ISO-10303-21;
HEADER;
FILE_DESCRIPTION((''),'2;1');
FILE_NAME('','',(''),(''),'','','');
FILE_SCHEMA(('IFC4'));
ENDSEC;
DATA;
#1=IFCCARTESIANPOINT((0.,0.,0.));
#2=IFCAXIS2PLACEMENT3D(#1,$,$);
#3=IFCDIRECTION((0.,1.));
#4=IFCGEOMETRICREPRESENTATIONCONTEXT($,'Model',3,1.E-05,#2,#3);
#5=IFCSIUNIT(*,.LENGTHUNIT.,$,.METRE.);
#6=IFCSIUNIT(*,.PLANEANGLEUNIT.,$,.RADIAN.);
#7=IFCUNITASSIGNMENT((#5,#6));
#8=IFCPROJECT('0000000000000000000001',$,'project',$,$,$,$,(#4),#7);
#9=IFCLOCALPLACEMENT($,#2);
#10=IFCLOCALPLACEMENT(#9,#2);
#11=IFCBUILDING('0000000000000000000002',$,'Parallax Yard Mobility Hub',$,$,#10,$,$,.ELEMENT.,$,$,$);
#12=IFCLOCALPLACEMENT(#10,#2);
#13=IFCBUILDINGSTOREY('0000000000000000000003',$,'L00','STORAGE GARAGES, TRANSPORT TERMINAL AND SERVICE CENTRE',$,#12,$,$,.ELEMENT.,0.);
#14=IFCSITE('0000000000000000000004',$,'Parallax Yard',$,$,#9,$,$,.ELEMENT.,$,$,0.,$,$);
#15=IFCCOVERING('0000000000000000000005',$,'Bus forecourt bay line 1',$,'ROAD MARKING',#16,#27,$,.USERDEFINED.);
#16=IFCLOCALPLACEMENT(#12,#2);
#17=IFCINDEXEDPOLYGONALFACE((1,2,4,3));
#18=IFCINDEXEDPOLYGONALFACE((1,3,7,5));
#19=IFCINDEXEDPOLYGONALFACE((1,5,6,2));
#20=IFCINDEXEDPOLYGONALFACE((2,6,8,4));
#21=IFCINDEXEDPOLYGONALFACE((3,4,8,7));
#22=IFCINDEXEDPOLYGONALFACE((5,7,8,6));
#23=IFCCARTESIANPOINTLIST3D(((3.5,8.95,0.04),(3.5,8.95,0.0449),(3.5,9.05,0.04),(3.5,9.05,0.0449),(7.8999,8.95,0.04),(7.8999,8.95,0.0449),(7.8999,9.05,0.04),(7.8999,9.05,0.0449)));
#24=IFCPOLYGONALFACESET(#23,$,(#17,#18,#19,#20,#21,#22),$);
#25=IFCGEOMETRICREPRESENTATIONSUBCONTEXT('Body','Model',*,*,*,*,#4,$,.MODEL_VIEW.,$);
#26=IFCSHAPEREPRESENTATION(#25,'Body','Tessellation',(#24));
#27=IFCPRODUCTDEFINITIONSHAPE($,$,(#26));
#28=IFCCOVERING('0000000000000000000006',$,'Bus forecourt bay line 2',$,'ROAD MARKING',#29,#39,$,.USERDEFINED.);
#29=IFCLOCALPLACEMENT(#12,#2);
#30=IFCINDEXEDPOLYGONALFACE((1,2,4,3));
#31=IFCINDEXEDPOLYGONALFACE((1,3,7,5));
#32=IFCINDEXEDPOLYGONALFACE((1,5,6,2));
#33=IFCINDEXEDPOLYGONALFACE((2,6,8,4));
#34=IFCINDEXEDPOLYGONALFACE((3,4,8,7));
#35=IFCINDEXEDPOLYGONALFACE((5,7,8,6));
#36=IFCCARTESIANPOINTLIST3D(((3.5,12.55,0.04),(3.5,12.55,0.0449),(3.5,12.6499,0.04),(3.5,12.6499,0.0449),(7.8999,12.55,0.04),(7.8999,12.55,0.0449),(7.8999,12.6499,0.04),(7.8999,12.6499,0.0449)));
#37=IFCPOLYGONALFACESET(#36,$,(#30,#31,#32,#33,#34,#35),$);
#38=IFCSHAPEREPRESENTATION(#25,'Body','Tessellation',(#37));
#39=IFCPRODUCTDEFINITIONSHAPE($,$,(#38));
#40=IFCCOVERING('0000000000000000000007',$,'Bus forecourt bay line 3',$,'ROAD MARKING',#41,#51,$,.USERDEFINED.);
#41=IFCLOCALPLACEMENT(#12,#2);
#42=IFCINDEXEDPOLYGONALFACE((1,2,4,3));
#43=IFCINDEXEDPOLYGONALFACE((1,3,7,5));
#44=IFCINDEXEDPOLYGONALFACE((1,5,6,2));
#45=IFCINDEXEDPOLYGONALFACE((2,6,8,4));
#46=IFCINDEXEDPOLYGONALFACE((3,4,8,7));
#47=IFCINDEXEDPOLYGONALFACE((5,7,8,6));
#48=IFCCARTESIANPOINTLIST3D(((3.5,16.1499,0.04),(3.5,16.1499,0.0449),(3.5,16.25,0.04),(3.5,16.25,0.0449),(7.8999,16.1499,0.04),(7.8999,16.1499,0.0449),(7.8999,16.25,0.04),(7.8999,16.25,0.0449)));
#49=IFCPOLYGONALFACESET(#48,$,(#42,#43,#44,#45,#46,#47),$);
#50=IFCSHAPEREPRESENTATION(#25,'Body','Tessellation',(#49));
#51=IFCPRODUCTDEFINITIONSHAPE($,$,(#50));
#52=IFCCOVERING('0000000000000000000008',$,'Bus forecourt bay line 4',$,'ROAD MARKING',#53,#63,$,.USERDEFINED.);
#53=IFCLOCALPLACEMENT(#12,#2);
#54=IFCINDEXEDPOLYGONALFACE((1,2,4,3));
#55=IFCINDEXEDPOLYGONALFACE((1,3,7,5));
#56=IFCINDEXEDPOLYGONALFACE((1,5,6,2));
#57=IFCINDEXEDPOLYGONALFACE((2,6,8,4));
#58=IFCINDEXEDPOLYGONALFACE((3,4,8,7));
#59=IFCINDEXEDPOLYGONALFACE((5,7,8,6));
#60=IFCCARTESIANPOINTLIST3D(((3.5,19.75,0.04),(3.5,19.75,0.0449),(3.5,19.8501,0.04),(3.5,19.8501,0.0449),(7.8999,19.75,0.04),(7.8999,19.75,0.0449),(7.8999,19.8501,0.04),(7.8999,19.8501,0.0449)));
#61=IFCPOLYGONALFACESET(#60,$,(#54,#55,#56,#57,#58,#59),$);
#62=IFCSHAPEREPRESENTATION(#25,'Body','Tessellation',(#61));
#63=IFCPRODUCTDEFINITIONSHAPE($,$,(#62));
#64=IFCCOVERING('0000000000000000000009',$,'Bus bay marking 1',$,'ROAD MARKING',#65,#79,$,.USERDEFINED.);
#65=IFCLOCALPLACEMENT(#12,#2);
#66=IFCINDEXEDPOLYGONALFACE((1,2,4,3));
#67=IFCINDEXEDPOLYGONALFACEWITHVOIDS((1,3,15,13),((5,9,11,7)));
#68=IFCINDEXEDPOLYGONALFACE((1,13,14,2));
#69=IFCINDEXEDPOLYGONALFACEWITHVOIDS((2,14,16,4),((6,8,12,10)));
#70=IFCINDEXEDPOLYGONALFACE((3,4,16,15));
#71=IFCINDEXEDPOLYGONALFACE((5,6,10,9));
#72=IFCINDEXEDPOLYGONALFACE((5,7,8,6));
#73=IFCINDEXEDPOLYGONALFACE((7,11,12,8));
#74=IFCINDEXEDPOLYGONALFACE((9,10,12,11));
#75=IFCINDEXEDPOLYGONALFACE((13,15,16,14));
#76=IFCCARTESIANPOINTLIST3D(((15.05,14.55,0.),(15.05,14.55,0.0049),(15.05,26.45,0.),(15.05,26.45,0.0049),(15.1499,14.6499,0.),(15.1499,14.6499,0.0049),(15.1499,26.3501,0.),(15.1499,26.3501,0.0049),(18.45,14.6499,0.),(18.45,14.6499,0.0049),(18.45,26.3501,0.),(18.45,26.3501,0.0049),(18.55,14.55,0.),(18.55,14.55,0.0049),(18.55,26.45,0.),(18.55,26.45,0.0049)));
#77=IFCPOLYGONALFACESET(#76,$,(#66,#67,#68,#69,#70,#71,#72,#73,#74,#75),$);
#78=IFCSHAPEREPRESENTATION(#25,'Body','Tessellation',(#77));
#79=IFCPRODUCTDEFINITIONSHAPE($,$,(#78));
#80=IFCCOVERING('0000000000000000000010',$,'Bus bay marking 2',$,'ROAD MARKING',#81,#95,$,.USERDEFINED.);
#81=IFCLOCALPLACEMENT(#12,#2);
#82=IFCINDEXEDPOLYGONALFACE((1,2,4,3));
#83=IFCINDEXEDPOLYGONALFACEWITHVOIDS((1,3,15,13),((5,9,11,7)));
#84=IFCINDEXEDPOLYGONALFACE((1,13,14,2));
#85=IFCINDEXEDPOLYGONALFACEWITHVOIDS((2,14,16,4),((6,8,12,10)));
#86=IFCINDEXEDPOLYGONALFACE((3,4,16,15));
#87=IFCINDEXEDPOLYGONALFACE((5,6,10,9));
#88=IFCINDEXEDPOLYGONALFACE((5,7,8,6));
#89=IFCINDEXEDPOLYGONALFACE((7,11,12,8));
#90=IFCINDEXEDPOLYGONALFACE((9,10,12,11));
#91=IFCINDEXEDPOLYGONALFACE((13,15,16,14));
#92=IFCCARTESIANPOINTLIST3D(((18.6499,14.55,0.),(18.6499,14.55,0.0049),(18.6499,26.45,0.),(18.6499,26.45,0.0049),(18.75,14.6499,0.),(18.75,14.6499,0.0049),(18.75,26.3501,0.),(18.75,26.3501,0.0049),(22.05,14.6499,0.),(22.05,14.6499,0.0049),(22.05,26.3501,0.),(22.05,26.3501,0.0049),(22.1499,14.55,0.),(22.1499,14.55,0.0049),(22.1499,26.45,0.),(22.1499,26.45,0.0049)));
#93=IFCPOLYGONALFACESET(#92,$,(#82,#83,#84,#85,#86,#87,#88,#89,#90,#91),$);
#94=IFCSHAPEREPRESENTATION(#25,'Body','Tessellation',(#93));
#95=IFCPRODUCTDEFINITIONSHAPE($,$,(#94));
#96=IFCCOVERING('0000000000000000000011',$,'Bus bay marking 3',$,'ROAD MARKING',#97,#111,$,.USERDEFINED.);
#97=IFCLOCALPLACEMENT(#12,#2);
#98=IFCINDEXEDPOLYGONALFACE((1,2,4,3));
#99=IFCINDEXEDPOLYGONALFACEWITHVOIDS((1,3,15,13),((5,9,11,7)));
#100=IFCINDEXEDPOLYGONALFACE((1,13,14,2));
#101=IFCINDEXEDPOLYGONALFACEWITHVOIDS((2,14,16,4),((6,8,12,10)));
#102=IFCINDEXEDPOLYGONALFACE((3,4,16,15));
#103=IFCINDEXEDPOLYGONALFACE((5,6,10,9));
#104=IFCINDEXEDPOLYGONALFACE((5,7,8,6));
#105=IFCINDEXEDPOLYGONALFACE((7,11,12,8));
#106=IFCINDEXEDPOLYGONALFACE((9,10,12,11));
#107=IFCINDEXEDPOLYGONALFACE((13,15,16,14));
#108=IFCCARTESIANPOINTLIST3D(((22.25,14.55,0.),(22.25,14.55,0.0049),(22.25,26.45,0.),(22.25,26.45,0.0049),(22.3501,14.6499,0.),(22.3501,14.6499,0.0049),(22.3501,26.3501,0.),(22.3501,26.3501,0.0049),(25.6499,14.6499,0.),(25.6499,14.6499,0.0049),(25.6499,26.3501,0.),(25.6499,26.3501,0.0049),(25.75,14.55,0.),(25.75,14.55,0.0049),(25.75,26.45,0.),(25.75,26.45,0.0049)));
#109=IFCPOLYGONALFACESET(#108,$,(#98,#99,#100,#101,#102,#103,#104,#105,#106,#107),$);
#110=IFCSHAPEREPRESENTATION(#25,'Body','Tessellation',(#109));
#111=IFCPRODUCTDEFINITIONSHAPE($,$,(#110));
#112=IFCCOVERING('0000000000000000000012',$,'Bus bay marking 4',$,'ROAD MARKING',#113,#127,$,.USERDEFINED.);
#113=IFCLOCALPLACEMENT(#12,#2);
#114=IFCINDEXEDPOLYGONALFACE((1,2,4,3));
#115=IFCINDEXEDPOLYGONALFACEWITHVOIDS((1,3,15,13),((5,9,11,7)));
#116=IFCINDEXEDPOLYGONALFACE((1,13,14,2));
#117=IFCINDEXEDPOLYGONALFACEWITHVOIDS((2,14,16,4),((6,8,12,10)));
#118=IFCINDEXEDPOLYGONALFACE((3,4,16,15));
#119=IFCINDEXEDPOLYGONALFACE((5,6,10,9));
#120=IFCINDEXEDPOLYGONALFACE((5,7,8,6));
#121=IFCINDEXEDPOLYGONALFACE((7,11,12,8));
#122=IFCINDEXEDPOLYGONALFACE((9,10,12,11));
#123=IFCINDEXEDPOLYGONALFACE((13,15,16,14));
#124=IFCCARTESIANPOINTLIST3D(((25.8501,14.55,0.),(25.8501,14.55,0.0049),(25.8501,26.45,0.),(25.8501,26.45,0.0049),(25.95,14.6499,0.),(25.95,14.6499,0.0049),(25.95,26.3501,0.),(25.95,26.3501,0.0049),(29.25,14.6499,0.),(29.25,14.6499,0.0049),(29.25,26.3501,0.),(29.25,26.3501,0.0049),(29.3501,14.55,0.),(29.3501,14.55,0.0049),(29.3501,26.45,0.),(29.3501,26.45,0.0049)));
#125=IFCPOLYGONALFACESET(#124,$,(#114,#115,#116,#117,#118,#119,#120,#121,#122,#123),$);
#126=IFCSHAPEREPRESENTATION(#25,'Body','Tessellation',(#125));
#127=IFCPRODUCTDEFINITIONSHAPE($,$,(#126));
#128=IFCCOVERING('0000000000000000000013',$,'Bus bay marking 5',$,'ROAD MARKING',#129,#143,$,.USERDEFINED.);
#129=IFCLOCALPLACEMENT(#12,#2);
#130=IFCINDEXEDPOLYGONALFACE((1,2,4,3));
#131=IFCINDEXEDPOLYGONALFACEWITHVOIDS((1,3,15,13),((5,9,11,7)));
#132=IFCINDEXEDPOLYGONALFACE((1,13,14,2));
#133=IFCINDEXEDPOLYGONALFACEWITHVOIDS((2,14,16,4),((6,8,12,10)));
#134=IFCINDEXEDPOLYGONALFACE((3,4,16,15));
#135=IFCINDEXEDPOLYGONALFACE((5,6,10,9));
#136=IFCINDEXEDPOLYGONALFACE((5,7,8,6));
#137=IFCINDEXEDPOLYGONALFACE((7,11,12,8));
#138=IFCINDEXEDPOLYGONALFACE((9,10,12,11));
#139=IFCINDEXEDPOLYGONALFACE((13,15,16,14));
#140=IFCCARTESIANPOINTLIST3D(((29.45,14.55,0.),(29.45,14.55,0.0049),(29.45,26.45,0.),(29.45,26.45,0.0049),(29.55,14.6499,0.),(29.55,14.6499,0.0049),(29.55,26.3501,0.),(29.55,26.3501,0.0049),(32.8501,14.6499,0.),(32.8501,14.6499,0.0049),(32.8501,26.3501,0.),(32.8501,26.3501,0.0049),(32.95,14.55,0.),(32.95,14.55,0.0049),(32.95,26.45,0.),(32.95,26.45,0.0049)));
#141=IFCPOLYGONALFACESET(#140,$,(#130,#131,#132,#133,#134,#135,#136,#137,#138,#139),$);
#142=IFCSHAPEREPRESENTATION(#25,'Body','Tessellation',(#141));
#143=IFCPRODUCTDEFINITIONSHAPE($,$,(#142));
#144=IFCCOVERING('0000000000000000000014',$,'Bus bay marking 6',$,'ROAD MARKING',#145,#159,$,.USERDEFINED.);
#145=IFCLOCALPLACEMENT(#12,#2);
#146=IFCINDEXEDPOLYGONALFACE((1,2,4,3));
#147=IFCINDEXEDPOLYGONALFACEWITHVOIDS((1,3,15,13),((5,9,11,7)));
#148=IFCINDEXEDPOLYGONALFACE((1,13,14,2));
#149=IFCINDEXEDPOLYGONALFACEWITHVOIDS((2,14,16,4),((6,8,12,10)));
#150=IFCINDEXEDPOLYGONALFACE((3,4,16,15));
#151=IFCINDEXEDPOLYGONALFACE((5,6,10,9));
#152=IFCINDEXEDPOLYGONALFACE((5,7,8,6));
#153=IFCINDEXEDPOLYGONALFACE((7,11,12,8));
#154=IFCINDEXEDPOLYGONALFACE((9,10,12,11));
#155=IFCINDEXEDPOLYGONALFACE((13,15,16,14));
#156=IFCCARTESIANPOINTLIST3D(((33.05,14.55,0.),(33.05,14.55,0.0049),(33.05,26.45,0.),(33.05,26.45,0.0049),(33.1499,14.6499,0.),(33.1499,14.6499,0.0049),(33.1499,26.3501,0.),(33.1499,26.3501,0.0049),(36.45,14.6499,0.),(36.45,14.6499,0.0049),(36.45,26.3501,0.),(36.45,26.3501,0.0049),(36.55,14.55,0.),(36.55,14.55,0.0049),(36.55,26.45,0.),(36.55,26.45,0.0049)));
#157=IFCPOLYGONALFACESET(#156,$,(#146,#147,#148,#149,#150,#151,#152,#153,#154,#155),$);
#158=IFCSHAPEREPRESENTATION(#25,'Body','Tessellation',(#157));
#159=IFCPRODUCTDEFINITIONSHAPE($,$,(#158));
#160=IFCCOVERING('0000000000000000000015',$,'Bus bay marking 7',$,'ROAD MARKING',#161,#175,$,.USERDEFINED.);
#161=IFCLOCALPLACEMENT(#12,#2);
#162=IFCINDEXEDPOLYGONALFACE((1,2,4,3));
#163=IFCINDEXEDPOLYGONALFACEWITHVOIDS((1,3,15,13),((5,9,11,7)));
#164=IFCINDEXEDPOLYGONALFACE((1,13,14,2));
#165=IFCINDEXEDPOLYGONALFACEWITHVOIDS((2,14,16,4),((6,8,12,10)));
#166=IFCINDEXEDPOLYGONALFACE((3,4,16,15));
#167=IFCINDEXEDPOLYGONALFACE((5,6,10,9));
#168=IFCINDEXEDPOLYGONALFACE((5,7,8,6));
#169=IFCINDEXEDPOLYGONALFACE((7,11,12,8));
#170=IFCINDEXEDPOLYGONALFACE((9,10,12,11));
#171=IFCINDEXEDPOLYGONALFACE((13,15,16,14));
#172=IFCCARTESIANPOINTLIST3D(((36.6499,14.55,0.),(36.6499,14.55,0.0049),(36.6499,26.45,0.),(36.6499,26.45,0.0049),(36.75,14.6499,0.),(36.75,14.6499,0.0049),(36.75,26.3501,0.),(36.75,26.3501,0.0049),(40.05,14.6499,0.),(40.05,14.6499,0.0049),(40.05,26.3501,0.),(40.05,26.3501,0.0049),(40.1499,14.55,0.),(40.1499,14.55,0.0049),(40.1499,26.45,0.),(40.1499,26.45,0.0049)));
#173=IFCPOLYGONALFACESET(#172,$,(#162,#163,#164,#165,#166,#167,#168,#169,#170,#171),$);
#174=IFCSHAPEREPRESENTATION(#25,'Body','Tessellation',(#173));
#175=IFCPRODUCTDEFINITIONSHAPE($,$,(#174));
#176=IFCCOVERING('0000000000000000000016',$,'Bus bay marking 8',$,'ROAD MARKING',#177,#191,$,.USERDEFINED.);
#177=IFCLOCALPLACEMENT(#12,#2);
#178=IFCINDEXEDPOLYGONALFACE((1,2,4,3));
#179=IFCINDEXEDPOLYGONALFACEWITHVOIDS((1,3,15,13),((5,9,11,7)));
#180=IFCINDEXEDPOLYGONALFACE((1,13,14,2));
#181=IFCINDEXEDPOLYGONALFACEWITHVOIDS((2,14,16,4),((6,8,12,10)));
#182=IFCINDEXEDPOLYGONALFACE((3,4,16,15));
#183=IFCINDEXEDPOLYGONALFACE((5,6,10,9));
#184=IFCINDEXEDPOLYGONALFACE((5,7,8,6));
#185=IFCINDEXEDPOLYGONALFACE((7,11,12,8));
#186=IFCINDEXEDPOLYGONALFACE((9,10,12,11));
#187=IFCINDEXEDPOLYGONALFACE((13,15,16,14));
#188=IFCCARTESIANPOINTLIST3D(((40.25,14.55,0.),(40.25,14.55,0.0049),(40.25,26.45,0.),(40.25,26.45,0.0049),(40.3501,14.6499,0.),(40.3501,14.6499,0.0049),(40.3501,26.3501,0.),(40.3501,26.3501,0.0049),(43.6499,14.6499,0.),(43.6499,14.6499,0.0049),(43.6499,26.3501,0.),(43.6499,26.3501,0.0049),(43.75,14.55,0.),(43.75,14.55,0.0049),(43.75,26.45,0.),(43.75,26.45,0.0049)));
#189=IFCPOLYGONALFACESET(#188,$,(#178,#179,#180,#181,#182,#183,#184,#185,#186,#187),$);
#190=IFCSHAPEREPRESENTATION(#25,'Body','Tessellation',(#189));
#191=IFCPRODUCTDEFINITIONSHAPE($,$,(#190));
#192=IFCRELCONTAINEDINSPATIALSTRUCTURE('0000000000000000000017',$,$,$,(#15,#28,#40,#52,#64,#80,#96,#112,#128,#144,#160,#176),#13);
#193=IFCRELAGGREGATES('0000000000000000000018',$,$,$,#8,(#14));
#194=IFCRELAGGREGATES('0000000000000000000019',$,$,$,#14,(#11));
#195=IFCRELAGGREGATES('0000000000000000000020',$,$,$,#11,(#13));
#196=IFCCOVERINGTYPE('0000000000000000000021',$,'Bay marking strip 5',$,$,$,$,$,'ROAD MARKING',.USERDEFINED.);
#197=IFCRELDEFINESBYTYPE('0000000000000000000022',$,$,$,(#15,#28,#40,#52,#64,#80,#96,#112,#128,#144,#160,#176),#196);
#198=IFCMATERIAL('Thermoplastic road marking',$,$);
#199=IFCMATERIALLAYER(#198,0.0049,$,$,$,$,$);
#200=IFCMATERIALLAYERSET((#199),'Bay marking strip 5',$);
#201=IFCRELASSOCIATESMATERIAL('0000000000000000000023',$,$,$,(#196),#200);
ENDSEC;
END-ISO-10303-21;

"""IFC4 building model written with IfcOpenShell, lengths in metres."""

from ifc_helpers import new_model, si_unit, direction, frame, origin, place, context, subcontext, project, spatial, polyline, outline, extrude, material, layer, layer_set, type_object, element, save


model = new_model("IFC4")

# Units and contexts
model_context = context("Model", 3, precision=1e-05, world=origin(), true_north=direction((0.0, 1.0)))
body_context = subcontext(model_context, "Body", "Model", "MODEL_VIEW")
ifc_project = project(units=[si_unit("LENGTHUNIT", "METRE"), si_unit("PLANEANGLEUNIT", "RADIAN")], contexts=[model_context])

# Site, building, storey
site_placement = place(None, origin())
site = spatial("IfcSite", under=ifc_project, at=site_placement, Name="Parallax Yard", CompositionType="ELEMENT", RefElevation=0.0)
building_placement = place(site_placement, origin())
building = spatial("IfcBuilding", under=site, at=building_placement, Name="Parallax Yard Mobility Hub", CompositionType="ELEMENT")
storey_placement = place(building_placement, origin())
storey = spatial("IfcBuildingStorey", under=building, at=storey_placement, Name="L00", Description="STORAGE GARAGES, TRANSPORT TERMINAL AND SERVICE CENTRE", CompositionType="ELEMENT", Elevation=0.0)

# Coverings
ifc_material_1 = material(Name="Thermoplastic road marking")
ifc_layer_1 = layer(ifc_material_1, 0.0049)
ifc_layer_set_1 = layer_set([ifc_layer_1], Name="Bay marking strip 5")
covering_type_1 = type_object("IfcCoveringType", Name="Bay marking strip 5", ElementType="ROAD MARKING", PredefinedType="USERDEFINED", material=ifc_layer_set_1)
covering_1_placement = place(storey_placement, frame((0.0, 0.0, 0.04)))
element("IfcCovering", 1, at=covering_1_placement, inside=storey, type_object=covering_type_1, Name="Bus forecourt bay line 1", ObjectType="ROAD MARKING", PredefinedType="USERDEFINED", context=body_context, shape_type="SweptSolid", body=[
    extrude(outline(polyline([(7.8999, 8.95), (7.8999, 9.05), (3.5, 9.05), (3.5, 8.95), (7.8999, 8.95)])), origin(), (0.0, 0.0, 1.0), 0.0049),
])
covering_2_placement = place(storey_placement, frame((0.0, 0.0, 0.04)))
element("IfcCovering", 2, at=covering_2_placement, inside=storey, type_object=covering_type_1, Name="Bus forecourt bay line 2", ObjectType="ROAD MARKING", PredefinedType="USERDEFINED", context=body_context, shape_type="SweptSolid", body=[
    extrude(outline(polyline([(7.8999, 12.55), (7.8999, 12.6499), (3.5, 12.6499), (3.5, 12.55), (7.8999, 12.55)])), origin(), (0.0, 0.0, 1.0), 0.0049),
])
covering_3_placement = place(storey_placement, frame((0.0, 0.0, 0.04)))
element("IfcCovering", 3, at=covering_3_placement, inside=storey, type_object=covering_type_1, Name="Bus forecourt bay line 3", ObjectType="ROAD MARKING", PredefinedType="USERDEFINED", context=body_context, shape_type="SweptSolid", body=[
    extrude(outline(polyline([(7.8999, 16.1499), (7.8999, 16.25), (3.5, 16.25), (3.5, 16.1499), (7.8999, 16.1499)])), origin(), (0.0, 0.0, 1.0), 0.0049),
])
covering_4_placement = place(storey_placement, frame((0.0, 0.0, 0.04)))
element("IfcCovering", 4, at=covering_4_placement, inside=storey, type_object=covering_type_1, Name="Bus forecourt bay line 4", ObjectType="ROAD MARKING", PredefinedType="USERDEFINED", context=body_context, shape_type="SweptSolid", body=[
    extrude(outline(polyline([(7.8999, 19.75), (7.8999, 19.8501), (3.5, 19.8501), (3.5, 19.75), (7.8999, 19.75)])), origin(), (0.0, 0.0, 1.0), 0.0049),
])
covering_5_placement = place(storey_placement, origin())
element("IfcCovering", 5, at=covering_5_placement, inside=storey, type_object=covering_type_1, Name="Bus bay marking 1", ObjectType="ROAD MARKING", PredefinedType="USERDEFINED", context=body_context, shape_type="SweptSolid", body=[
    extrude(outline(polyline([(15.05, 14.55), (15.05, 26.45), (18.55, 26.45), (18.55, 14.55), (15.05, 14.55)]), holes=[polyline([(15.1499, 14.6499), (15.1499, 26.3501), (18.45, 26.3501), (18.45, 14.6499), (15.1499, 14.6499)])]), origin(), (0.0, 0.0, 1.0), 0.0049),
])
covering_6_placement = place(storey_placement, origin())
element("IfcCovering", 6, at=covering_6_placement, inside=storey, type_object=covering_type_1, Name="Bus bay marking 2", ObjectType="ROAD MARKING", PredefinedType="USERDEFINED", context=body_context, shape_type="SweptSolid", body=[
    extrude(outline(polyline([(18.6499, 14.55), (18.6499, 26.45), (22.1499, 26.45), (22.1499, 14.55), (18.6499, 14.55)]), holes=[polyline([(18.75, 14.6499), (18.75, 26.3501), (22.05, 26.3501), (22.05, 14.6499), (18.75, 14.6499)])]), origin(), (0.0, 0.0, 1.0), 0.0049),
])
covering_7_placement = place(storey_placement, origin())
element("IfcCovering", 7, at=covering_7_placement, inside=storey, type_object=covering_type_1, Name="Bus bay marking 3", ObjectType="ROAD MARKING", PredefinedType="USERDEFINED", context=body_context, shape_type="SweptSolid", body=[
    extrude(outline(polyline([(22.25, 14.55), (22.25, 26.45), (25.75, 26.45), (25.75, 14.55), (22.25, 14.55)]), holes=[polyline([(22.3501, 14.6499), (22.3501, 26.3501), (25.6499, 26.3501), (25.6499, 14.6499), (22.3501, 14.6499)])]), origin(), (0.0, 0.0, 1.0), 0.0049),
])
covering_8_placement = place(storey_placement, origin())
element("IfcCovering", 8, at=covering_8_placement, inside=storey, type_object=covering_type_1, Name="Bus bay marking 4", ObjectType="ROAD MARKING", PredefinedType="USERDEFINED", context=body_context, shape_type="SweptSolid", body=[
    extrude(outline(polyline([(25.8501, 14.55), (25.8501, 26.45), (29.3501, 26.45), (29.3501, 14.55), (25.8501, 14.55)]), holes=[polyline([(25.95, 14.6499), (25.95, 26.3501), (29.25, 26.3501), (29.25, 14.6499), (25.95, 14.6499)])]), origin(), (0.0, 0.0, 1.0), 0.0049),
])
covering_9_placement = place(storey_placement, origin())
element("IfcCovering", 9, at=covering_9_placement, inside=storey, type_object=covering_type_1, Name="Bus bay marking 5", ObjectType="ROAD MARKING", PredefinedType="USERDEFINED", context=body_context, shape_type="SweptSolid", body=[
    extrude(outline(polyline([(29.45, 14.55), (29.45, 26.45), (32.95, 26.45), (32.95, 14.55), (29.45, 14.55)]), holes=[polyline([(29.55, 14.6499), (29.55, 26.3501), (32.8501, 26.3501), (32.8501, 14.6499), (29.55, 14.6499)])]), origin(), (0.0, 0.0, 1.0), 0.0049),
])
covering_10_placement = place(storey_placement, origin())
element("IfcCovering", 10, at=covering_10_placement, inside=storey, type_object=covering_type_1, Name="Bus bay marking 6", ObjectType="ROAD MARKING", PredefinedType="USERDEFINED", context=body_context, shape_type="SweptSolid", body=[
    extrude(outline(polyline([(33.05, 14.55), (33.05, 26.45), (36.55, 26.45), (36.55, 14.55), (33.05, 14.55)]), holes=[polyline([(33.1499, 14.6499), (33.1499, 26.3501), (36.45, 26.3501), (36.45, 14.6499), (33.1499, 14.6499)])]), origin(), (0.0, 0.0, 1.0), 0.0049),
])
covering_11_placement = place(storey_placement, origin())
element("IfcCovering", 11, at=covering_11_placement, inside=storey, type_object=covering_type_1, Name="Bus bay marking 7", ObjectType="ROAD MARKING", PredefinedType="USERDEFINED", context=body_context, shape_type="SweptSolid", body=[
    extrude(outline(polyline([(36.6499, 14.55), (36.6499, 26.45), (40.1499, 26.45), (40.1499, 14.55), (36.6499, 14.55)]), holes=[polyline([(36.75, 14.6499), (36.75, 26.3501), (40.05, 26.3501), (40.05, 14.6499), (36.75, 14.6499)])]), origin(), (0.0, 0.0, 1.0), 0.0049),
])
covering_12_placement = place(storey_placement, origin())
element("IfcCovering", 12, at=covering_12_placement, inside=storey, type_object=covering_type_1, Name="Bus bay marking 8", ObjectType="ROAD MARKING", PredefinedType="USERDEFINED", context=body_context, shape_type="SweptSolid", body=[
    extrude(outline(polyline([(40.25, 14.55), (40.25, 26.45), (43.75, 26.45), (43.75, 14.55), (40.25, 14.55)]), holes=[polyline([(40.3501, 14.6499), (40.3501, 26.3501), (43.6499, 26.3501), (43.6499, 14.6499), (40.3501, 14.6499)])]), origin(), (0.0, 0.0, 1.0), 0.0049),
])

save(model, "model.ifc")
